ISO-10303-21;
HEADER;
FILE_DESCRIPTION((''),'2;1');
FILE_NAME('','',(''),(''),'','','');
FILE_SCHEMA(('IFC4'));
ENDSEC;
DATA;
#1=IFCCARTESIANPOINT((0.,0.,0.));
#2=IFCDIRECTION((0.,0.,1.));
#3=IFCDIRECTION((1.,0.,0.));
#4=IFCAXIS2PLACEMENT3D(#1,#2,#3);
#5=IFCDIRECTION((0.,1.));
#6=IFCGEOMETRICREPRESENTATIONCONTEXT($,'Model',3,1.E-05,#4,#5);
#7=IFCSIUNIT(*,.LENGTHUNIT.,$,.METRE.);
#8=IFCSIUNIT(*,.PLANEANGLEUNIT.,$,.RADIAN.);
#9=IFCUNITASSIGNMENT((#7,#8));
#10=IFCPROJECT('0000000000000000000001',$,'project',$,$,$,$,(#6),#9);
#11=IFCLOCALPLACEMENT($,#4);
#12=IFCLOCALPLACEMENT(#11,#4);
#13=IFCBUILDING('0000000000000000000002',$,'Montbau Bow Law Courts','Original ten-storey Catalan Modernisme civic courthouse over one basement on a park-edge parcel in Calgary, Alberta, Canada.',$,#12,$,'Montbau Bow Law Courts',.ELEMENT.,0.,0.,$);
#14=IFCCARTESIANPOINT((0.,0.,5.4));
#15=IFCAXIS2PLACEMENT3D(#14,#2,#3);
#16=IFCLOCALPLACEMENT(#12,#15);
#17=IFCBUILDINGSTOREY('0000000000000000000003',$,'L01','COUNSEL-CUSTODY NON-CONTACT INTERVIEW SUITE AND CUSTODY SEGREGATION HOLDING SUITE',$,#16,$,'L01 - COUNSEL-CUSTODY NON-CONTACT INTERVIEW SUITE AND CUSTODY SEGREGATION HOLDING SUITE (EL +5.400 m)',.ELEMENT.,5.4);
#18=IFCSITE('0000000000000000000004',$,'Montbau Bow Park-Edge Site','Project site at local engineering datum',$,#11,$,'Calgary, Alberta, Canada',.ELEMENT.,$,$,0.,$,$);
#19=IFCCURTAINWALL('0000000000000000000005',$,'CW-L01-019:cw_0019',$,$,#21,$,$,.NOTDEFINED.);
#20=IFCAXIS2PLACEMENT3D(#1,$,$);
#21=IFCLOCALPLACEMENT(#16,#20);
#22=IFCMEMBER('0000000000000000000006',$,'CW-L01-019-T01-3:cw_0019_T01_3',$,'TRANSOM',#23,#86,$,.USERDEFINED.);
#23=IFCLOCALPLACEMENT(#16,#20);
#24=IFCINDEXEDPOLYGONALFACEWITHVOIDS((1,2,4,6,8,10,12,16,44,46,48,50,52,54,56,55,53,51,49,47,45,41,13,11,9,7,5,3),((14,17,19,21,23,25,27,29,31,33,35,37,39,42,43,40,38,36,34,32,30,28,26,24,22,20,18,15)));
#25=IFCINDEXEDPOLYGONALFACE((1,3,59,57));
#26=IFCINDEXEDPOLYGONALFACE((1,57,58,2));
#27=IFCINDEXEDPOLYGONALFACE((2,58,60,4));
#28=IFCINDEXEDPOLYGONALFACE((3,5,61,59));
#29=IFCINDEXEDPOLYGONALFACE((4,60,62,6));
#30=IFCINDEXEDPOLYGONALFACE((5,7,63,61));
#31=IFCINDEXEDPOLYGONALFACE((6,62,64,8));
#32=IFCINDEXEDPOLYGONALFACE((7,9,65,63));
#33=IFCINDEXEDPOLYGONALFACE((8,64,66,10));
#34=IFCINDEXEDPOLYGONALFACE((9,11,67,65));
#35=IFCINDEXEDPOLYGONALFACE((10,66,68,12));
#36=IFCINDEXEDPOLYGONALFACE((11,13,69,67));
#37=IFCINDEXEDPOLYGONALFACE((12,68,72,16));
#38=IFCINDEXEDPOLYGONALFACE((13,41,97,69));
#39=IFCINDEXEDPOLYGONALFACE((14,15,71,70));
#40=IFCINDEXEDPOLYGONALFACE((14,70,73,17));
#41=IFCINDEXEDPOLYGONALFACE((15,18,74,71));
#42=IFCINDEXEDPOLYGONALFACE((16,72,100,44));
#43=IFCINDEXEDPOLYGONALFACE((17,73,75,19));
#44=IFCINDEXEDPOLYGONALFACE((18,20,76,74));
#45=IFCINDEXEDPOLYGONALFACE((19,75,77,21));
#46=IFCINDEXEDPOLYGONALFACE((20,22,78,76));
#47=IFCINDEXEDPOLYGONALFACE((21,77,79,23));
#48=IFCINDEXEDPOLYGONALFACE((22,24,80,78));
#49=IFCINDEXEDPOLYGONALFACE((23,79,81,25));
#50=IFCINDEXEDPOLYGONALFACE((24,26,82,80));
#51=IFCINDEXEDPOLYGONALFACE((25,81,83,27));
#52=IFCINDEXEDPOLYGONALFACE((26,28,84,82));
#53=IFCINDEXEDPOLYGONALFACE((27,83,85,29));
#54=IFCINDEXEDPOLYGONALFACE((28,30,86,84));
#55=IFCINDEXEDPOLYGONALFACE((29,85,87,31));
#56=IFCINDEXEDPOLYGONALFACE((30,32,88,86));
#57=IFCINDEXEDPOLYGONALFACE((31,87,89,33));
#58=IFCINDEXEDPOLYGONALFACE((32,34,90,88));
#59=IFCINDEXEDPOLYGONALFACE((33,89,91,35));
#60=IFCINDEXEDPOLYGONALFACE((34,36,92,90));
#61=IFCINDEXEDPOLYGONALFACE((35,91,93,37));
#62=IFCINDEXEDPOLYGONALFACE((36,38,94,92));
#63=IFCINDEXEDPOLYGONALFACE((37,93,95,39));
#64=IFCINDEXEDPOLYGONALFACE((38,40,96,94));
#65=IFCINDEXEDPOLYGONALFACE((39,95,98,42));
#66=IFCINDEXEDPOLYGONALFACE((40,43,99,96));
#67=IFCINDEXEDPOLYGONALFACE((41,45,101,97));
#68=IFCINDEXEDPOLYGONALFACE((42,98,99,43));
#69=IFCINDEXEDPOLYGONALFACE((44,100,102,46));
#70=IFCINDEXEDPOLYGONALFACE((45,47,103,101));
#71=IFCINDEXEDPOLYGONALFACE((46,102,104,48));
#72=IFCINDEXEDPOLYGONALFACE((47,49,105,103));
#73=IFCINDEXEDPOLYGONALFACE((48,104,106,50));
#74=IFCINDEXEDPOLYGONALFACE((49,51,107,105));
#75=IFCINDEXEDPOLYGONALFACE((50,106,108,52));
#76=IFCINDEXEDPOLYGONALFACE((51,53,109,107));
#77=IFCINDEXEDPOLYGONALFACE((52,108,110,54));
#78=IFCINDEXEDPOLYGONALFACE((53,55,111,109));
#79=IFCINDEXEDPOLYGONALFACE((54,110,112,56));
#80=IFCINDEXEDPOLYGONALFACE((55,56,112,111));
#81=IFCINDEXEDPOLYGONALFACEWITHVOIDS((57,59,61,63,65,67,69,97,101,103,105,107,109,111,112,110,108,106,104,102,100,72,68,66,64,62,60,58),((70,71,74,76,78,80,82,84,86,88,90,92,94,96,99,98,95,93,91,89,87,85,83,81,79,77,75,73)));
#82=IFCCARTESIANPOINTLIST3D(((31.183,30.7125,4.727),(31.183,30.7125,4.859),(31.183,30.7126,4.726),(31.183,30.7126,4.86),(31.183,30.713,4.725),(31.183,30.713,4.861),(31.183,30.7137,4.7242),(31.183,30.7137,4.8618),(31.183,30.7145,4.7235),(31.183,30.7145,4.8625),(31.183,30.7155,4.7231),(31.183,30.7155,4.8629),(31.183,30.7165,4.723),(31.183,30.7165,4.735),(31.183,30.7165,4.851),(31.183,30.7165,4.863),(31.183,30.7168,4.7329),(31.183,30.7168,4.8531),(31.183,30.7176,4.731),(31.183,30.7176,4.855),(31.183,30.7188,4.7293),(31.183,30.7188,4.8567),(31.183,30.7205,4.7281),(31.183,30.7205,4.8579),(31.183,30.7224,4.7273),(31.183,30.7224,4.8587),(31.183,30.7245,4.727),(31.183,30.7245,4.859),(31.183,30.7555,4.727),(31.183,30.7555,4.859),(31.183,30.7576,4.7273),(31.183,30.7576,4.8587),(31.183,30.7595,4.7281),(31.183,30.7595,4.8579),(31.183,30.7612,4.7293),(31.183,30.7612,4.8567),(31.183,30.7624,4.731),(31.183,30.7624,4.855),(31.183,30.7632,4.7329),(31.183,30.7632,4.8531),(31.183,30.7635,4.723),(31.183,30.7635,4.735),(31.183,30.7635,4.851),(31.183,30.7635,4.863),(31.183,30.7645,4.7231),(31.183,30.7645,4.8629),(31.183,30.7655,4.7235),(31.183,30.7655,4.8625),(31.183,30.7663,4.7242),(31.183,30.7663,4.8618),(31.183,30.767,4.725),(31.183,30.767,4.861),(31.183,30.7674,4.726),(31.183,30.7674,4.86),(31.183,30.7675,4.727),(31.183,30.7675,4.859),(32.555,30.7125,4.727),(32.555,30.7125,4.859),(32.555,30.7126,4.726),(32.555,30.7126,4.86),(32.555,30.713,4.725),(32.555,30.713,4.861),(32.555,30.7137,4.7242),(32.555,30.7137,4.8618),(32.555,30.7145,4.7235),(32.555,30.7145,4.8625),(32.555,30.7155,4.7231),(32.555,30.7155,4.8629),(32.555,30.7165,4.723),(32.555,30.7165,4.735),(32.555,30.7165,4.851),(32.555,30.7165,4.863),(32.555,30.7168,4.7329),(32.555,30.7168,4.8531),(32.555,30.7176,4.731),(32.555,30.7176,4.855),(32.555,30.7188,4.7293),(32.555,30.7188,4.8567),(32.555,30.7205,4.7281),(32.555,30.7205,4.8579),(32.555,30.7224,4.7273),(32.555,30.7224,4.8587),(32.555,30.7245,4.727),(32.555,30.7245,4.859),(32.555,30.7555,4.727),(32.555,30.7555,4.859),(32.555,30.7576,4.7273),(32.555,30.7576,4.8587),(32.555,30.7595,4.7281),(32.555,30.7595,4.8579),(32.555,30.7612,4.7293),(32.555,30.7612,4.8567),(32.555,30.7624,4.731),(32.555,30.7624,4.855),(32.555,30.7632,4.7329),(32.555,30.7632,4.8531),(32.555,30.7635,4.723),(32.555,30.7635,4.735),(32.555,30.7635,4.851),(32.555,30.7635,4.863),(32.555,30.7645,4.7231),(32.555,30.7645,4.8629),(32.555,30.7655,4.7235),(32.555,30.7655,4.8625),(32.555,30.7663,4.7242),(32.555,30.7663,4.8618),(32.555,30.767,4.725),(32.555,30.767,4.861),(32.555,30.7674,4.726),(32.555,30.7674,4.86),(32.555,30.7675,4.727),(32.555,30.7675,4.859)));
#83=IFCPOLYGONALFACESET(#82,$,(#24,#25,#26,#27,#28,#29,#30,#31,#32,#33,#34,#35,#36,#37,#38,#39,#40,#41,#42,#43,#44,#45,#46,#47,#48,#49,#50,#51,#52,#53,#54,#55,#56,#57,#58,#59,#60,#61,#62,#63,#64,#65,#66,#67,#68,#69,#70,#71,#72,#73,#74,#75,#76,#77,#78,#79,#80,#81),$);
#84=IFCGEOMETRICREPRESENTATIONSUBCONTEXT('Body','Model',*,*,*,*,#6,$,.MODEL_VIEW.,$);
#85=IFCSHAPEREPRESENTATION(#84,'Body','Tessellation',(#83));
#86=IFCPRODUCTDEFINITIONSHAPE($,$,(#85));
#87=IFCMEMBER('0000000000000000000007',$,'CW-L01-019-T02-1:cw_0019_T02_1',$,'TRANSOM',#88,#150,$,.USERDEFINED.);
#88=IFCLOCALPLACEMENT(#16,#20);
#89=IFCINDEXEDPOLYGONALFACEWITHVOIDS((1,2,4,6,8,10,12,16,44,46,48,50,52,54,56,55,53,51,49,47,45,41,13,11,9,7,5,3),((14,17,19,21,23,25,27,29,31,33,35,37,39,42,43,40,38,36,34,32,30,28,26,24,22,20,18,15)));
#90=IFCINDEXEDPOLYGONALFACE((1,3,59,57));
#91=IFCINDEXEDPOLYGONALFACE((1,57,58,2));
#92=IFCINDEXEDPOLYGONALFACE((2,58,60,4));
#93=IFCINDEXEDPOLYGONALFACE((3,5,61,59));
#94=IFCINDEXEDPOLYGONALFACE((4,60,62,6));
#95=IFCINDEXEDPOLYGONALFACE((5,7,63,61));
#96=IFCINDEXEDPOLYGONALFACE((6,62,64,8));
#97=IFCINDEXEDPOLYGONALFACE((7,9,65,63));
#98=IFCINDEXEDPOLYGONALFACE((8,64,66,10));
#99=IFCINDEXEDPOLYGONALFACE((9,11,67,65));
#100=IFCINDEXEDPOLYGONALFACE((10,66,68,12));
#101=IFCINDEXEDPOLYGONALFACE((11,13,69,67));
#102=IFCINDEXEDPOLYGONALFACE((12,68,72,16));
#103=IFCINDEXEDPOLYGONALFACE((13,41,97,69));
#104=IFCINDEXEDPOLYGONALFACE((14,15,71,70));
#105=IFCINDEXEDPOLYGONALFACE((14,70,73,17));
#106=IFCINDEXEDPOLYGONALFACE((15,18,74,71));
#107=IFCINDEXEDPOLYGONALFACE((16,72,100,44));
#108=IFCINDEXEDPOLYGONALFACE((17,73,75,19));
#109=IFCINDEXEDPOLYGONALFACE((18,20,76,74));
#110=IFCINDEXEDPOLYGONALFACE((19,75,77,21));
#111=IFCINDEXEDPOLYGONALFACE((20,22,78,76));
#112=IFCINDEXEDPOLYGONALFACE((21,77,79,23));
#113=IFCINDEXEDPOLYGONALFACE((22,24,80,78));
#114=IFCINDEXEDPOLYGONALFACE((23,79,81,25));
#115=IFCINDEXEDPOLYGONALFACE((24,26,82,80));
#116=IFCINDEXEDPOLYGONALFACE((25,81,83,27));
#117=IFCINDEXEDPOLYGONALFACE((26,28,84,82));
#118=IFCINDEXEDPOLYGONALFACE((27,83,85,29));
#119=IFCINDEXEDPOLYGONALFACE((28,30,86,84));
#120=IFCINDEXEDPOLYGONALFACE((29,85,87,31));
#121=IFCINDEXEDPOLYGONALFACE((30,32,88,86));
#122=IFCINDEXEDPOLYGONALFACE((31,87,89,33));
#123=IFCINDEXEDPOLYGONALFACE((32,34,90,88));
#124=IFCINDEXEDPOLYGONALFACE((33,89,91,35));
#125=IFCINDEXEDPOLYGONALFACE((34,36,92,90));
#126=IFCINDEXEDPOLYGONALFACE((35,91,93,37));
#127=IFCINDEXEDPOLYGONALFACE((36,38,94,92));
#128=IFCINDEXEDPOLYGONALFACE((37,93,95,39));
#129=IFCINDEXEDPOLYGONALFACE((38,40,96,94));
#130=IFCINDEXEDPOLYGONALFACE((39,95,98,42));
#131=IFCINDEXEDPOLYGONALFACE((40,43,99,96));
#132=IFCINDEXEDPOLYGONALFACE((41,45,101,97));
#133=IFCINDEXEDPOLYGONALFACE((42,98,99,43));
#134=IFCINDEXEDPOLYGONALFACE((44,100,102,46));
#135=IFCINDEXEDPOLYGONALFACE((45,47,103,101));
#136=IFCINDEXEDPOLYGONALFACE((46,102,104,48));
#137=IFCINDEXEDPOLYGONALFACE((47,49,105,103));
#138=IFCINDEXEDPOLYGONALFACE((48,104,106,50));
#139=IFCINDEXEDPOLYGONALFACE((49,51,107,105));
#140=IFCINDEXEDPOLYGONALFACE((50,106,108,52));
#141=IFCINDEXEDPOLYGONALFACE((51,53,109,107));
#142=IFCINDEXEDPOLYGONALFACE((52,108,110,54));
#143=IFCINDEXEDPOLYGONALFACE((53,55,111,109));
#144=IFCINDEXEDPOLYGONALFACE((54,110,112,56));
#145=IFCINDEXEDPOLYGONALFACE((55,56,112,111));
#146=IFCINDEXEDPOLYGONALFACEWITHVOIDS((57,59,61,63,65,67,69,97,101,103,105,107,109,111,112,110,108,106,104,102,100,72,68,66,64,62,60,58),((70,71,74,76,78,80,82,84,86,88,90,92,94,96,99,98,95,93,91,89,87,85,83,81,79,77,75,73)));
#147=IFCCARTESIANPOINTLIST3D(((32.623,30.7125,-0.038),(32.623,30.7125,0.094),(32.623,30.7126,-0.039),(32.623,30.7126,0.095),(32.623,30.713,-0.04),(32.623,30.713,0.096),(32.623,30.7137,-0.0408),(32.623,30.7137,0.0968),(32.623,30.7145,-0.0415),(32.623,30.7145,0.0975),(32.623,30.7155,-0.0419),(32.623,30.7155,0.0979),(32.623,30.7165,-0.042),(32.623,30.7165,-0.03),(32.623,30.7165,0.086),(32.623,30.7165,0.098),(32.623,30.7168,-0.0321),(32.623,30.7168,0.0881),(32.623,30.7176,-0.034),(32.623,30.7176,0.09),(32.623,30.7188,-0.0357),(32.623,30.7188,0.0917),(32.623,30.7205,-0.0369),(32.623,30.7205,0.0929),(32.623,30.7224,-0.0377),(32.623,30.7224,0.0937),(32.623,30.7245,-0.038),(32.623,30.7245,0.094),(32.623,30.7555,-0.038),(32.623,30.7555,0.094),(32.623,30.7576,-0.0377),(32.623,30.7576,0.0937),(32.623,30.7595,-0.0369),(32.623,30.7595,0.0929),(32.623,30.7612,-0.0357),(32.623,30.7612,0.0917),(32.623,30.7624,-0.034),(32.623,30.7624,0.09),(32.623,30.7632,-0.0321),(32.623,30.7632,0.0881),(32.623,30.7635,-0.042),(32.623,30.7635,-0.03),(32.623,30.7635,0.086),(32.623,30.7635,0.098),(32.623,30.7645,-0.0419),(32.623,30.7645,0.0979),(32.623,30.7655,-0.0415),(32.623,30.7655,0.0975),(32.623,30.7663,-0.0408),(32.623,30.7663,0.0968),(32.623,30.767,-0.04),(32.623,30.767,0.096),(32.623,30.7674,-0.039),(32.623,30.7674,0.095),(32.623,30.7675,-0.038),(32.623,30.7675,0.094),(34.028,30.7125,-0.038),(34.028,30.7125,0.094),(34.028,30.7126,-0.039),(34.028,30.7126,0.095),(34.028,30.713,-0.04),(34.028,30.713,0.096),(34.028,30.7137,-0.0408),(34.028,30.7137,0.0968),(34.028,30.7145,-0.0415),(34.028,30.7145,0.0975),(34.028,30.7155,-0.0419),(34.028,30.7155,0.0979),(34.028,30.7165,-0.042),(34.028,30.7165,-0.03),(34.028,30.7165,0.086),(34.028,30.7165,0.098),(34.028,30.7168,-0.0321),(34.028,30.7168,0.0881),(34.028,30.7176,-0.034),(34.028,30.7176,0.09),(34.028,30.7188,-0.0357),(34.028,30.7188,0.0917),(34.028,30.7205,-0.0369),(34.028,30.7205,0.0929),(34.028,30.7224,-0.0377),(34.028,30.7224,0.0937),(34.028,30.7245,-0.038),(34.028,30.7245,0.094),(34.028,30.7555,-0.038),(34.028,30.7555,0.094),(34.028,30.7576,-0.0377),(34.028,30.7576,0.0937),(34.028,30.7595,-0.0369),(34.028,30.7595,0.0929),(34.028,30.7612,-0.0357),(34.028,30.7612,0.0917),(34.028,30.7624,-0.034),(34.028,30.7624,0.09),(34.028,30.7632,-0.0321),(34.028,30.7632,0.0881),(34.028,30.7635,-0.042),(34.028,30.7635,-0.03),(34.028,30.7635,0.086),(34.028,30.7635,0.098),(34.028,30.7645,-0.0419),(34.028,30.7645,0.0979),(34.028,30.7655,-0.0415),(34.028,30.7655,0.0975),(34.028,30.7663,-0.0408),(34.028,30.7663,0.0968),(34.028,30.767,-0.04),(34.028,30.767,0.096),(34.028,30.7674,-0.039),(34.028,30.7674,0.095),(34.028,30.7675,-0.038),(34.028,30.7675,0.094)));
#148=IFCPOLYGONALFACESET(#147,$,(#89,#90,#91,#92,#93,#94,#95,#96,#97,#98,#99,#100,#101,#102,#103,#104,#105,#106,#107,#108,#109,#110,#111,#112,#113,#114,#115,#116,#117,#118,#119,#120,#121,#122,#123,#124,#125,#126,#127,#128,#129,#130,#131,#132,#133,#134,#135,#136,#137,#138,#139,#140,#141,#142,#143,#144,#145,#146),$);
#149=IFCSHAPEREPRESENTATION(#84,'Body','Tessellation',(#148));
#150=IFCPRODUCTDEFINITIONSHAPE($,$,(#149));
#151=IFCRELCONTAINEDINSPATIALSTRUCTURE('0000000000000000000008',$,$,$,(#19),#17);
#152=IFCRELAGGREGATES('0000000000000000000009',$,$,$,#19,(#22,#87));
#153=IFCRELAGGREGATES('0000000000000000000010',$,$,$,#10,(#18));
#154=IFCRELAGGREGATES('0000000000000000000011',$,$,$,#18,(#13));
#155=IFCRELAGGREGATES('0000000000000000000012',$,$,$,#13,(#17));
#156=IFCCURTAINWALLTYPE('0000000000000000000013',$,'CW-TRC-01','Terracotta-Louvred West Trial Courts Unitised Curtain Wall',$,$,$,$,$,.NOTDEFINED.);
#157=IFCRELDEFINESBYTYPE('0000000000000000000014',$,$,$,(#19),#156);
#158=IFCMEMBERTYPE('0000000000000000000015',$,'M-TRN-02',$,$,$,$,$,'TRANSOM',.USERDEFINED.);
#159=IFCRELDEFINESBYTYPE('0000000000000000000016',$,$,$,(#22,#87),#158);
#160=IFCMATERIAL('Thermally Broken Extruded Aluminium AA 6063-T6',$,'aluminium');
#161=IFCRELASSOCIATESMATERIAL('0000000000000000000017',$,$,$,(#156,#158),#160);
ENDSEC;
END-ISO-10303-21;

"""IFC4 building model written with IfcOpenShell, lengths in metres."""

from ifc_helpers import new_model, si_unit, direction, frame, origin_with_axes, origin_2d_with_axis, place, context, subcontext, project, spatial, hollow_rectangle, extrude, material, material_profile, profile_set, type_object, element, aggregate, save


model = new_model("IFC4")

# Units and contexts
model_context = context("Model", 3, precision=1e-05, world=origin_with_axes(), true_north=direction((0.0, 1.0)))
body_context = subcontext(model_context, "Body", "Model", "MODEL_VIEW")
ifc_project = project(units=[si_unit("LENGTHUNIT", "METRE"), si_unit("PLANEANGLEUNIT", "RADIAN")], contexts=[model_context])

# Site, building, storey
site_placement = place(None, origin_with_axes())
site = spatial("IfcSite", under=ifc_project, at=site_placement, Name="Montbau Bow Park-Edge Site", Description="Project site at local engineering datum", LongName="Calgary, Alberta, Canada", CompositionType="ELEMENT", RefElevation=0.0)
building_placement = place(site_placement, origin_with_axes())
building = spatial("IfcBuilding", under=site, at=building_placement, Name="Montbau Bow Law Courts", Description="Original ten-storey Catalan Modernisme civic courthouse over one basement on a park-edge parcel in Calgary, Alberta, Canada.", LongName="Montbau Bow Law Courts", CompositionType="ELEMENT", ElevationOfRefHeight=0.0, ElevationOfTerrain=0.0)
storey_placement = place(building_placement, frame((0.0, 0.0, 5.4), z_axis=(0.0, 0.0, 1.0), x_axis=(1.0, 0.0, 0.0)))
storey = spatial("IfcBuildingStorey", under=building, at=storey_placement, Name="L01", Description="COUNSEL-CUSTODY NON-CONTACT INTERVIEW SUITE AND CUSTODY SEGREGATION HOLDING SUITE", LongName="L01 - COUNSEL-CUSTODY NON-CONTACT INTERVIEW SUITE AND CUSTODY SEGREGATION HOLDING SUITE (EL +5.400 m)", CompositionType="ELEMENT", Elevation=5.4)

# Curtain wall
ifc_material_1 = material(Name="Thermally Broken Extruded Aluminium AA 6063-T6", Category="aluminium")
curtain_wall_type = type_object("IfcCurtainWallType", Name="CW-TRC-01", Description="Terracotta-Louvred West Trial Courts Unitised Curtain Wall", PredefinedType="NOTDEFINED", material=ifc_material_1)
curtain_wall_1_placement = place(None, frame((31.115, 30.74, 5.4), z_axis=(0.0, 0.0, 1.0), x_axis=(1.0, 0.0, 0.0)))
curtain_wall_1 = element("IfcCurtainWall", 1, at=curtain_wall_1_placement, inside=storey, type_object=curtain_wall_type, Name="CW-L01-019:cw_0019", PredefinedType="NOTDEFINED")

# Members
ifc_material_profile_1 = material_profile(ifc_material_1, hollow_rectangle(XDim=0.055, YDim=0.14, WallThickness=0.004, InnerFilletRadius=0.008, OuterFilletRadius=0.004, at=origin_2d_with_axis()), Name="CWT-140X55", Category="Main", Priority=0)
ifc_profile_set_1 = profile_set([ifc_material_profile_1], Name="Thermally Broken Extruded Aluminium AA 6063-T6")
member_type_1 = type_object("IfcMemberType", Name="M-TRN-02", ElementType="TRANSOM", PredefinedType="USERDEFINED", material=ifc_profile_set_1)
member_1_placement = place(None, frame((31.183, 30.74, 10.193), z_axis=(1.0, 0.0, 0.0), x_axis=(0.0, 1.0, 0.0)))
member_1 = element("IfcMember", 2, at=member_1_placement, type_object=member_type_1, Name="CW-L01-019-T01-3:cw_0019_T01_3", ObjectType="TRANSOM", PredefinedType="USERDEFINED", context=body_context, shape_type="SweptSolid", body=[
    extrude(hollow_rectangle(XDim=0.055, YDim=0.14, WallThickness=0.004, InnerFilletRadius=0.008, OuterFilletRadius=0.004, at=origin_2d_with_axis()), origin_with_axes(), (0.0, 0.0, 1.0), 1.372),
])
member_2_placement = place(None, frame((32.623, 30.74, 5.428), z_axis=(1.0, 0.0, 0.0), x_axis=(0.0, 1.0, 0.0)))
member_2 = element("IfcMember", 3, at=member_2_placement, type_object=member_type_1, Name="CW-L01-019-T02-1:cw_0019_T02_1", ObjectType="TRANSOM", PredefinedType="USERDEFINED", context=body_context, shape_type="SweptSolid", body=[
    extrude(hollow_rectangle(XDim=0.055, YDim=0.14, WallThickness=0.004, InnerFilletRadius=0.008, OuterFilletRadius=0.004, at=origin_2d_with_axis()), origin_with_axes(), (0.0, 0.0, 1.0), 1.405),
])

aggregate(curtain_wall_1, [member_1, member_2])

save(model, "model.ifc")
